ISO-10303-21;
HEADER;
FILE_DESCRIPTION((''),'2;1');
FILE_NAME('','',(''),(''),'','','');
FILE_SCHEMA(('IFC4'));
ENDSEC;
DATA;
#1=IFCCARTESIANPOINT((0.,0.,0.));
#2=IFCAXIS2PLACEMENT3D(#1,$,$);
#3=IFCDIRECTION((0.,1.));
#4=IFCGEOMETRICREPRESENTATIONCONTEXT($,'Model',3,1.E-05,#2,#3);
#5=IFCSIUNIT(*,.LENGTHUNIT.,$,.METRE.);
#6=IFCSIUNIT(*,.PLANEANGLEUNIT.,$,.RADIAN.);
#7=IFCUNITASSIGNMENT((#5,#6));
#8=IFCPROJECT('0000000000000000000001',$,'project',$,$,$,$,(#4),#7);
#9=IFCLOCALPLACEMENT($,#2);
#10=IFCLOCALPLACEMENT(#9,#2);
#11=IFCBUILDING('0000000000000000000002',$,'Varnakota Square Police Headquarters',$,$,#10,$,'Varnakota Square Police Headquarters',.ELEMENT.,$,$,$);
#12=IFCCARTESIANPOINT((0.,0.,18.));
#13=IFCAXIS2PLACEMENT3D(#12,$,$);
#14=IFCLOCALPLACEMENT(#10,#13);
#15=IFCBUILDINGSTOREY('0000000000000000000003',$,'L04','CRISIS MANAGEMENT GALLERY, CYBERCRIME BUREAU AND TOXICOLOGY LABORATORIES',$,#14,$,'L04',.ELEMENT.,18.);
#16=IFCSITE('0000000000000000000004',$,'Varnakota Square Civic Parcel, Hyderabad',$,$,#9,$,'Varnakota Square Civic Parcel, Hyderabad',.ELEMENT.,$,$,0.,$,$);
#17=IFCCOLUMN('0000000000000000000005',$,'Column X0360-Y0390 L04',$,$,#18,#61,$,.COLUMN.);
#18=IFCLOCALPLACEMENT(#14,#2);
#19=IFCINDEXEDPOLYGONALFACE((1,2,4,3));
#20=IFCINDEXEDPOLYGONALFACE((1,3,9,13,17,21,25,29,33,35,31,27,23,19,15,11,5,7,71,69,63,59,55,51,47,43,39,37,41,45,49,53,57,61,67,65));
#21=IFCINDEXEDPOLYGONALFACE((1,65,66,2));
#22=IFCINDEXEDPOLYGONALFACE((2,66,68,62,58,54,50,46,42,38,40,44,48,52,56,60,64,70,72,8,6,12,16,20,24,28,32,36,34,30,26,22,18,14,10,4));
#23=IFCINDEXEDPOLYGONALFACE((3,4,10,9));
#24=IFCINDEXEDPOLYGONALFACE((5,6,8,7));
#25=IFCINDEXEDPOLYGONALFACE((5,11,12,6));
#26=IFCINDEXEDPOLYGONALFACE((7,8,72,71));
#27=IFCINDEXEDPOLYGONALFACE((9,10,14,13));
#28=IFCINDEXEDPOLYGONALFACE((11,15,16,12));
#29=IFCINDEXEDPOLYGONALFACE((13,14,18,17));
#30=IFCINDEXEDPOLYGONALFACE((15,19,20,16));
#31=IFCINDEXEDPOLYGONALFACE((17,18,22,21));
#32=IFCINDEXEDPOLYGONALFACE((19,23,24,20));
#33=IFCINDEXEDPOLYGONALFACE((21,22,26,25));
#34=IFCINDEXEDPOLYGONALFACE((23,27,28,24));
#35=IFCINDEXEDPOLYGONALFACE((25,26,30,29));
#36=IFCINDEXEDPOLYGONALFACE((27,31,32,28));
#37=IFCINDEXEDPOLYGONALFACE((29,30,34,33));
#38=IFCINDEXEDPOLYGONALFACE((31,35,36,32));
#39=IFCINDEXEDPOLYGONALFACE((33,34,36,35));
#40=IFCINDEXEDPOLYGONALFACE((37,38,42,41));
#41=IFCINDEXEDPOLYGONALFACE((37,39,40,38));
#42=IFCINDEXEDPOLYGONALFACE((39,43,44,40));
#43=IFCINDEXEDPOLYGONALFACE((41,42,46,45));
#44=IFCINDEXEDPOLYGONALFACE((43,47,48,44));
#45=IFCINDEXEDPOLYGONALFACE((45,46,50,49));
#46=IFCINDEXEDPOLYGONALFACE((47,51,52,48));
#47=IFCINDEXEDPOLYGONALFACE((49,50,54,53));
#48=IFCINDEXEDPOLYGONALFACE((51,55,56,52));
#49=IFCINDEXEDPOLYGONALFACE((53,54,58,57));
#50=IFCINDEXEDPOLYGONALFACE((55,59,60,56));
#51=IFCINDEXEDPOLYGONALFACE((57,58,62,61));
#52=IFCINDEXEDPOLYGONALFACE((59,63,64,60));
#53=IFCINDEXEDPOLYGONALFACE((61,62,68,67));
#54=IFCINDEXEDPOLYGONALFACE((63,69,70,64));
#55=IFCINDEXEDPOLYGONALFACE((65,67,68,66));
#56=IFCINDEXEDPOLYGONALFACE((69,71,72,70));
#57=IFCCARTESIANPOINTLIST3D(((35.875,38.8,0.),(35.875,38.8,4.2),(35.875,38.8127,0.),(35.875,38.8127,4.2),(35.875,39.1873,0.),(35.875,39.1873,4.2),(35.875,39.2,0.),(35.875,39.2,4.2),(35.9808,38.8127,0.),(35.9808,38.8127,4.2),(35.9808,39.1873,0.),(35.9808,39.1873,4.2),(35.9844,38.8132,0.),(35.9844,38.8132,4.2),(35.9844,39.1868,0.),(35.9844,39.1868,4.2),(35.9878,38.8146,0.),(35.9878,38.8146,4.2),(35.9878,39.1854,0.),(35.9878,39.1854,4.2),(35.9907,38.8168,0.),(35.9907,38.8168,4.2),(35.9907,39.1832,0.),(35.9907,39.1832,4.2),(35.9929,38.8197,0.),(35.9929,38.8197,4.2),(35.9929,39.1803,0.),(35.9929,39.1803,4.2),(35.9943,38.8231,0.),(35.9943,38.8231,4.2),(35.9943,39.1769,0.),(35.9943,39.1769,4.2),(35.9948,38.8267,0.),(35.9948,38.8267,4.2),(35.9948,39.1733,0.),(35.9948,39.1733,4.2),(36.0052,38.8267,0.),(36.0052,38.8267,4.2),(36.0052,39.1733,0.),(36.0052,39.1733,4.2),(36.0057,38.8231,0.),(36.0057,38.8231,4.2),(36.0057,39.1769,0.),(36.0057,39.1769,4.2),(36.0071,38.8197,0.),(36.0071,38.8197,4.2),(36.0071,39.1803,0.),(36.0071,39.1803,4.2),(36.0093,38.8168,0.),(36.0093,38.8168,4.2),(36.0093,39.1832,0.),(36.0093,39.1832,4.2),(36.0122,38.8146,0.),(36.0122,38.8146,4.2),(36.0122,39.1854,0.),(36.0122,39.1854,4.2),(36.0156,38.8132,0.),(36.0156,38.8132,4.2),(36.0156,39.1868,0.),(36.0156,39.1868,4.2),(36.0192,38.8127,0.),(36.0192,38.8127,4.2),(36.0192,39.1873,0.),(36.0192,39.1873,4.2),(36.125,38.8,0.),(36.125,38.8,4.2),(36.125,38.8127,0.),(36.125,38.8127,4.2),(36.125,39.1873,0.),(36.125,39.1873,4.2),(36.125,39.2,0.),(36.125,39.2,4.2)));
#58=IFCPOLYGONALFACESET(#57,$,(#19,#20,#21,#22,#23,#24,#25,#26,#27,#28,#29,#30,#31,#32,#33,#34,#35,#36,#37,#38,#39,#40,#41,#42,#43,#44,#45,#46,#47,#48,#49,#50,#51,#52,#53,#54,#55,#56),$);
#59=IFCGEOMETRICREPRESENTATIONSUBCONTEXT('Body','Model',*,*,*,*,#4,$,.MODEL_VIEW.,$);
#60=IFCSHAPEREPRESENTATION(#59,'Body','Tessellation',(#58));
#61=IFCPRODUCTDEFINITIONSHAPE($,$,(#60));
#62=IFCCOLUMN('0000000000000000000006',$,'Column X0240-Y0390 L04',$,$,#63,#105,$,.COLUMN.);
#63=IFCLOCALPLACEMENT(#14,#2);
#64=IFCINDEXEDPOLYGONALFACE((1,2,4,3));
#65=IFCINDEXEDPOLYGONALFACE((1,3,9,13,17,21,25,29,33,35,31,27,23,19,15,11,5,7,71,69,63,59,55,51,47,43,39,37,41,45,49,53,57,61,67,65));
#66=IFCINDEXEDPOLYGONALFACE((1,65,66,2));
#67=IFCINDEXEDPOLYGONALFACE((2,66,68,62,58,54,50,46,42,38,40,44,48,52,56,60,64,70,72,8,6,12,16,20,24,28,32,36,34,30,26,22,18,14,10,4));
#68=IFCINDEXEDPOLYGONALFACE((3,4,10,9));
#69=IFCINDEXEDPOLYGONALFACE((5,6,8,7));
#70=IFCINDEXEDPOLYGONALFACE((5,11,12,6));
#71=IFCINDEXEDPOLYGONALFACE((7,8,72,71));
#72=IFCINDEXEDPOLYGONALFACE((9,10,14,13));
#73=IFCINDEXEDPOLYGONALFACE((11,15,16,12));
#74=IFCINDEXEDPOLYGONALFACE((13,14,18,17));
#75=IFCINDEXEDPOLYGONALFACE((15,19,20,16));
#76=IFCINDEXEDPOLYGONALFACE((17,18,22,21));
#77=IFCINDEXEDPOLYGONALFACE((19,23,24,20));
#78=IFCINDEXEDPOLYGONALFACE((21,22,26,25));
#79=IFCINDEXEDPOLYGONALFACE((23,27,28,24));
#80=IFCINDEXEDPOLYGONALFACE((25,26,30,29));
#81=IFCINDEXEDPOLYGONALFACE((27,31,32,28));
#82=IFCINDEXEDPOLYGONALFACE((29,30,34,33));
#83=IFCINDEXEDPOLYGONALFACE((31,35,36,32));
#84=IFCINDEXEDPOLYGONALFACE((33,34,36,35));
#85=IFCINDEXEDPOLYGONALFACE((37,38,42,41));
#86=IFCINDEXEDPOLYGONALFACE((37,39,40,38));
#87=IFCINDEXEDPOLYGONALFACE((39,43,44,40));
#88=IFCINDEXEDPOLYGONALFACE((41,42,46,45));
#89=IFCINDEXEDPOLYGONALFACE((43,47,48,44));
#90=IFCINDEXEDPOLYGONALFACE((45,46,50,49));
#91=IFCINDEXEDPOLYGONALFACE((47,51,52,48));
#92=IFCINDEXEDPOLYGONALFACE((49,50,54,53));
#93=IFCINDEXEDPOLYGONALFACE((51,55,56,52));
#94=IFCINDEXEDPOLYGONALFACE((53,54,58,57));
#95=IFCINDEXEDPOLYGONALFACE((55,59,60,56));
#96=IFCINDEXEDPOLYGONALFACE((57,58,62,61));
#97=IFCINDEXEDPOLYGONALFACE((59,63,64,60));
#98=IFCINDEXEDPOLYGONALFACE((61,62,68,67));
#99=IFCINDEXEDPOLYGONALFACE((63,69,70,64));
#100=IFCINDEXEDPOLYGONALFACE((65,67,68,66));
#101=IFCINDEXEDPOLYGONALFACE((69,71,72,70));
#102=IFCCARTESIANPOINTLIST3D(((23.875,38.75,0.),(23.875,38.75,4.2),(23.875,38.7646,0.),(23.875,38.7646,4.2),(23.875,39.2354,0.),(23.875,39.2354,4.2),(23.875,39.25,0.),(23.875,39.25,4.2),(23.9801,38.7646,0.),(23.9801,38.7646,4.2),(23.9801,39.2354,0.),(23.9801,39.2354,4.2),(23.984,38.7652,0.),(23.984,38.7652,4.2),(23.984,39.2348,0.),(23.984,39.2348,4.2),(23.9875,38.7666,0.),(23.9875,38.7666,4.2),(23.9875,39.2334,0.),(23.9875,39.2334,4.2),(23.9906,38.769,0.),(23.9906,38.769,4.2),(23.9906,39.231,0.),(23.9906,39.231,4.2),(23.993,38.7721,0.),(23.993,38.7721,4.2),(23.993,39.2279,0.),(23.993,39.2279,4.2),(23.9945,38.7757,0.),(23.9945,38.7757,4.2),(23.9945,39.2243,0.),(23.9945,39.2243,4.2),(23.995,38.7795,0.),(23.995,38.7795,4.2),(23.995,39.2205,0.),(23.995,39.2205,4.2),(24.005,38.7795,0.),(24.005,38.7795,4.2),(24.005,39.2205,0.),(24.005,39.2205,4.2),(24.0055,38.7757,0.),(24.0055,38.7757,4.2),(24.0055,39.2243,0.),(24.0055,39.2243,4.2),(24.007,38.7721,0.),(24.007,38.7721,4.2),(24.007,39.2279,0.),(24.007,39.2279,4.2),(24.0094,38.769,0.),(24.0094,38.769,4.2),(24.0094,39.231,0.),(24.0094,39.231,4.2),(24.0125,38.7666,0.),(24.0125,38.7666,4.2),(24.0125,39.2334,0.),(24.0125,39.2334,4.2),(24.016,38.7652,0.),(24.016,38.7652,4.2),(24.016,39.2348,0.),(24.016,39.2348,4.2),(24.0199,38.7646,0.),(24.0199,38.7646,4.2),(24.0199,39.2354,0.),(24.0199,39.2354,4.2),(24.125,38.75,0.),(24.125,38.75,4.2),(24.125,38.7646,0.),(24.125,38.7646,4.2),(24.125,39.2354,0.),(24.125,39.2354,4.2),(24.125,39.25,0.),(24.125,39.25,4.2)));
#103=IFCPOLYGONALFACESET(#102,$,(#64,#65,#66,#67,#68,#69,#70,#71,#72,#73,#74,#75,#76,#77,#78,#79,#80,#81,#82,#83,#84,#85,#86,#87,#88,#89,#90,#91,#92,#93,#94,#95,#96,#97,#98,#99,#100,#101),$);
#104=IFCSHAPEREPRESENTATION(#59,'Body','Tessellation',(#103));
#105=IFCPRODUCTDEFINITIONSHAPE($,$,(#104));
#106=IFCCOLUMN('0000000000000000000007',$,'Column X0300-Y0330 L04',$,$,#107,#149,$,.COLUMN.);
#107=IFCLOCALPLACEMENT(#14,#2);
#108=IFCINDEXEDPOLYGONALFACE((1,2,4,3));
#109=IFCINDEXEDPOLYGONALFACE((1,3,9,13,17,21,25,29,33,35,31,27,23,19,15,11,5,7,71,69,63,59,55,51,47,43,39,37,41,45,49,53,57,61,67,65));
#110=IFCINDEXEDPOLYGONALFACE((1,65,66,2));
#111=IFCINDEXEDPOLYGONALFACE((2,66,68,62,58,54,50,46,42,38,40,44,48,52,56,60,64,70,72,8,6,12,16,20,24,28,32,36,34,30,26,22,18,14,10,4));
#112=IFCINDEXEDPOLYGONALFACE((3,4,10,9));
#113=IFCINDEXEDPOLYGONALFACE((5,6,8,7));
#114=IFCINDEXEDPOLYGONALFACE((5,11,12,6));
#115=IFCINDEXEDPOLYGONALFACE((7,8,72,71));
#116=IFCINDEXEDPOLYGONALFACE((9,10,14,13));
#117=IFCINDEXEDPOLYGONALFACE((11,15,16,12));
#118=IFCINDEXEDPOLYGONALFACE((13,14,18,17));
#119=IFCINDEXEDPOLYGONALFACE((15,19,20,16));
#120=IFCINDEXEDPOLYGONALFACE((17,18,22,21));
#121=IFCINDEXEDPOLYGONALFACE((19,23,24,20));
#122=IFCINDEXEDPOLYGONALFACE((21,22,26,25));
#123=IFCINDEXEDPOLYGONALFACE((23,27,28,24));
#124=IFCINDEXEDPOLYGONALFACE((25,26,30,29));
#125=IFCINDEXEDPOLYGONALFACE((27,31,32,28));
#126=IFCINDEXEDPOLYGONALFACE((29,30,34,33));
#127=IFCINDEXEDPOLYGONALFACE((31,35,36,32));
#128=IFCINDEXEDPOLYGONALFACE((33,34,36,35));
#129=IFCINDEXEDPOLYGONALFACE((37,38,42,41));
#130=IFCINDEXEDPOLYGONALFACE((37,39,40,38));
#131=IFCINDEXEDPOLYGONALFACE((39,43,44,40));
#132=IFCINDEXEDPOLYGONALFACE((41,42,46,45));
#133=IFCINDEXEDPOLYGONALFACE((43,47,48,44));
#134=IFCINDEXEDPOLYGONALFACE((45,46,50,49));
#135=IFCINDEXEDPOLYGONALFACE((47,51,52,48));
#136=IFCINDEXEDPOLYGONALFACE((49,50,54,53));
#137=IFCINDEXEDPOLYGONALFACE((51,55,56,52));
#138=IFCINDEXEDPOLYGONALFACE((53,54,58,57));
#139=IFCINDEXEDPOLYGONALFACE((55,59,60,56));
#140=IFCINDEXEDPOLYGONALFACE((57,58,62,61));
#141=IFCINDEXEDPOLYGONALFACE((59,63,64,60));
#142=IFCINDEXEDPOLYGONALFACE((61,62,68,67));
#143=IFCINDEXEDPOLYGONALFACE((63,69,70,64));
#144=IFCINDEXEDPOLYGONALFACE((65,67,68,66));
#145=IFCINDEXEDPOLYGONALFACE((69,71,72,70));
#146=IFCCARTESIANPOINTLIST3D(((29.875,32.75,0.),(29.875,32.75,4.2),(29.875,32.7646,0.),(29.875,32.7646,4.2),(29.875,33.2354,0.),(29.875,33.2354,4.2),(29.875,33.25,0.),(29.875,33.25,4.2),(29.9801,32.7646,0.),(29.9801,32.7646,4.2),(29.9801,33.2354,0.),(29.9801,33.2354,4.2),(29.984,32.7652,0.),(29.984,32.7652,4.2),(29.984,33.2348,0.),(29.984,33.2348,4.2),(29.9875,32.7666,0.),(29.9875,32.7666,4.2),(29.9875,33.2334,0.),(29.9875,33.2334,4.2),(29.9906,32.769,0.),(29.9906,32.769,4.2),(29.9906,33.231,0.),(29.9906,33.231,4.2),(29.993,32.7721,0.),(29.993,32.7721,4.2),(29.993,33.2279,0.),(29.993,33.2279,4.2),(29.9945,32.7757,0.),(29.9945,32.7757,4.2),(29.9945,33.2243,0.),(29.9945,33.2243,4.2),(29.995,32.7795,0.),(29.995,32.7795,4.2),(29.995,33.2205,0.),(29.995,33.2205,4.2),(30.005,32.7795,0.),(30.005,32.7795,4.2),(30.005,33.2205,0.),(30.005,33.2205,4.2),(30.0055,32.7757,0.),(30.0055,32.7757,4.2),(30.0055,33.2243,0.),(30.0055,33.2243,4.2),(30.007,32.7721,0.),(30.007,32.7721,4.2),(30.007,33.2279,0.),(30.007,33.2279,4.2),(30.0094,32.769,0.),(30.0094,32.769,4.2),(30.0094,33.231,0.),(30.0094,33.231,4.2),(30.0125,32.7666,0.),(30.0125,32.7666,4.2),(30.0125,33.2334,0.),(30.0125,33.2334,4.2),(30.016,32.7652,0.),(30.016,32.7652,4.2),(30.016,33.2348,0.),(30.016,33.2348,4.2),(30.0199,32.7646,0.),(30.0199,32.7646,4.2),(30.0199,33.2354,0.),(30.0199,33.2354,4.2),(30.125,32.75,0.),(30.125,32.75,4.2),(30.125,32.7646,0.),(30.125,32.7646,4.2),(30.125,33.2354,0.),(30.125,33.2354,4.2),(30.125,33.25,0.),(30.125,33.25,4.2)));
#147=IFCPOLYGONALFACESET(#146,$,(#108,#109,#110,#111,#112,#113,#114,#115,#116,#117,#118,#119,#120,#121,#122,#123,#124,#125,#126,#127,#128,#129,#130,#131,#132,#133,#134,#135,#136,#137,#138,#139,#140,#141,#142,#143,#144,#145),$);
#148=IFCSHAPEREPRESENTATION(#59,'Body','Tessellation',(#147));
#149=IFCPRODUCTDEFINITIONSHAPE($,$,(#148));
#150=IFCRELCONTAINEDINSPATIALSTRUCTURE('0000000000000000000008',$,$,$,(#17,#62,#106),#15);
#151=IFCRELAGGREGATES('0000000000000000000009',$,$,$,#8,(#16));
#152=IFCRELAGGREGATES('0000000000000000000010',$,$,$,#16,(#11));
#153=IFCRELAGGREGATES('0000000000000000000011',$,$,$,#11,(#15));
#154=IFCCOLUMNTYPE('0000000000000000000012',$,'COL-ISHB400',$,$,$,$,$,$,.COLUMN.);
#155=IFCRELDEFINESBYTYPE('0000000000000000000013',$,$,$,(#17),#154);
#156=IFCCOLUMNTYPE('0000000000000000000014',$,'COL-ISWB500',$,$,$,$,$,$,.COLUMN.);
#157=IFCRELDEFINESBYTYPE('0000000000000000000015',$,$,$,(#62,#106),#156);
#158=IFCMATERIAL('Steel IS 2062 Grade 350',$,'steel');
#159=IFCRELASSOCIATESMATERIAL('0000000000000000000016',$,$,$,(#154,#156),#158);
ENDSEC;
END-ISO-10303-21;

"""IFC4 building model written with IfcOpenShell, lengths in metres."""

from ifc_helpers import new_model, si_unit, direction, frame, origin, origin_2d, place, context, subcontext, project, spatial, i_section, extrude, material, material_profile, profile_set, type_object, element, save


model = new_model("IFC4")

# Units and contexts
model_context = context("Model", 3, precision=1e-05, world=origin(), true_north=direction((0.0, 1.0)))
body_context = subcontext(model_context, "Body", "Model", "MODEL_VIEW")
ifc_project = project(units=[si_unit("LENGTHUNIT", "METRE"), si_unit("PLANEANGLEUNIT", "RADIAN")], contexts=[model_context])

# Site, building, storey
site_placement = place(None, origin())
site = spatial("IfcSite", under=ifc_project, at=site_placement, Name="Varnakota Square Civic Parcel, Hyderabad", LongName="Varnakota Square Civic Parcel, Hyderabad", CompositionType="ELEMENT", RefElevation=0.0)
building_placement = place(site_placement, origin())
building = spatial("IfcBuilding", under=site, at=building_placement, Name="Varnakota Square Police Headquarters", LongName="Varnakota Square Police Headquarters", CompositionType="ELEMENT")
storey_placement = place(building_placement, frame((0.0, 0.0, 18.0)))
storey = spatial("IfcBuildingStorey", under=building, at=storey_placement, Name="L04", Description="CRISIS MANAGEMENT GALLERY, CYBERCRIME BUREAU AND TOXICOLOGY LABORATORIES", LongName="L04", CompositionType="ELEMENT", Elevation=18.0)

# Columns
ifc_material_1 = material(Name="Steel IS 2062 Grade 350", Category="steel")
ifc_material_profile_1 = material_profile(ifc_material_1, i_section(OverallWidth=0.25, OverallDepth=0.3999, WebThickness=0.0105, FlangeThickness=0.0127, FilletRadius=0.0139, at=origin_2d()), Name="ISHB 400")
ifc_profile_set_1 = profile_set([ifc_material_profile_1], Name="Steel IS 2062 Grade 350")
column_type_1 = type_object("IfcColumnType", Name="COL-ISHB400", PredefinedType="COLUMN", material=ifc_profile_set_1)
column_placement = place(storey_placement, frame((36.0, 39.0, 0.0), z_axis=(0.0, 0.0, 1.0), x_axis=(1.0, 0.0, 0.0)))
element("IfcColumn", 1, at=column_placement, inside=storey, type_object=column_type_1, Name="Column X0360-Y0390 L04", PredefinedType="COLUMN", context=body_context, shape_type="SweptSolid", body=[
    extrude(i_section(OverallWidth=0.25, OverallDepth=0.3999, WebThickness=0.0105, FlangeThickness=0.0127, FilletRadius=0.0139, at=origin_2d()), origin(), (0.0, 0.0, 1.0), 4.2),
])
ifc_material_profile_2 = material_profile(ifc_material_1, i_section(OverallWidth=0.25, OverallDepth=0.5, WebThickness=0.01, FlangeThickness=0.0146, FilletRadius=0.0149, at=origin_2d()), Name="ISWB 500")
ifc_profile_set_2 = profile_set([ifc_material_profile_2], Name="Steel IS 2062 Grade 350")
column_type_2 = type_object("IfcColumnType", Name="COL-ISWB500", PredefinedType="COLUMN", material=ifc_profile_set_2)
for number, where, z_axis, x_axis, name in (
    (2, (24.0, 39.0, 0.0), (0.0, 0.0, 1.0), (1.0, 0.0, 0.0), "Column X0240-Y0390 L04"),
    (3, (30.0, 33.0, 0.0), (0.0, 0.0, 1.0), (1.0, 0.0, 0.0), "Column X0300-Y0330 L04"),
):
    element("IfcColumn", number, at=place(storey_placement, frame(where, z_axis=z_axis, x_axis=x_axis)), inside=storey, type_object=column_type_2, Name=name, PredefinedType="COLUMN", context=body_context, shape_type="SweptSolid", body=[
        extrude(i_section(OverallWidth=0.25, OverallDepth=0.5, WebThickness=0.01, FlangeThickness=0.0146, FilletRadius=0.0149, at=origin_2d()), origin(), (0.0, 0.0, 1.0), 4.2),
    ])

save(model, "model.ifc")
